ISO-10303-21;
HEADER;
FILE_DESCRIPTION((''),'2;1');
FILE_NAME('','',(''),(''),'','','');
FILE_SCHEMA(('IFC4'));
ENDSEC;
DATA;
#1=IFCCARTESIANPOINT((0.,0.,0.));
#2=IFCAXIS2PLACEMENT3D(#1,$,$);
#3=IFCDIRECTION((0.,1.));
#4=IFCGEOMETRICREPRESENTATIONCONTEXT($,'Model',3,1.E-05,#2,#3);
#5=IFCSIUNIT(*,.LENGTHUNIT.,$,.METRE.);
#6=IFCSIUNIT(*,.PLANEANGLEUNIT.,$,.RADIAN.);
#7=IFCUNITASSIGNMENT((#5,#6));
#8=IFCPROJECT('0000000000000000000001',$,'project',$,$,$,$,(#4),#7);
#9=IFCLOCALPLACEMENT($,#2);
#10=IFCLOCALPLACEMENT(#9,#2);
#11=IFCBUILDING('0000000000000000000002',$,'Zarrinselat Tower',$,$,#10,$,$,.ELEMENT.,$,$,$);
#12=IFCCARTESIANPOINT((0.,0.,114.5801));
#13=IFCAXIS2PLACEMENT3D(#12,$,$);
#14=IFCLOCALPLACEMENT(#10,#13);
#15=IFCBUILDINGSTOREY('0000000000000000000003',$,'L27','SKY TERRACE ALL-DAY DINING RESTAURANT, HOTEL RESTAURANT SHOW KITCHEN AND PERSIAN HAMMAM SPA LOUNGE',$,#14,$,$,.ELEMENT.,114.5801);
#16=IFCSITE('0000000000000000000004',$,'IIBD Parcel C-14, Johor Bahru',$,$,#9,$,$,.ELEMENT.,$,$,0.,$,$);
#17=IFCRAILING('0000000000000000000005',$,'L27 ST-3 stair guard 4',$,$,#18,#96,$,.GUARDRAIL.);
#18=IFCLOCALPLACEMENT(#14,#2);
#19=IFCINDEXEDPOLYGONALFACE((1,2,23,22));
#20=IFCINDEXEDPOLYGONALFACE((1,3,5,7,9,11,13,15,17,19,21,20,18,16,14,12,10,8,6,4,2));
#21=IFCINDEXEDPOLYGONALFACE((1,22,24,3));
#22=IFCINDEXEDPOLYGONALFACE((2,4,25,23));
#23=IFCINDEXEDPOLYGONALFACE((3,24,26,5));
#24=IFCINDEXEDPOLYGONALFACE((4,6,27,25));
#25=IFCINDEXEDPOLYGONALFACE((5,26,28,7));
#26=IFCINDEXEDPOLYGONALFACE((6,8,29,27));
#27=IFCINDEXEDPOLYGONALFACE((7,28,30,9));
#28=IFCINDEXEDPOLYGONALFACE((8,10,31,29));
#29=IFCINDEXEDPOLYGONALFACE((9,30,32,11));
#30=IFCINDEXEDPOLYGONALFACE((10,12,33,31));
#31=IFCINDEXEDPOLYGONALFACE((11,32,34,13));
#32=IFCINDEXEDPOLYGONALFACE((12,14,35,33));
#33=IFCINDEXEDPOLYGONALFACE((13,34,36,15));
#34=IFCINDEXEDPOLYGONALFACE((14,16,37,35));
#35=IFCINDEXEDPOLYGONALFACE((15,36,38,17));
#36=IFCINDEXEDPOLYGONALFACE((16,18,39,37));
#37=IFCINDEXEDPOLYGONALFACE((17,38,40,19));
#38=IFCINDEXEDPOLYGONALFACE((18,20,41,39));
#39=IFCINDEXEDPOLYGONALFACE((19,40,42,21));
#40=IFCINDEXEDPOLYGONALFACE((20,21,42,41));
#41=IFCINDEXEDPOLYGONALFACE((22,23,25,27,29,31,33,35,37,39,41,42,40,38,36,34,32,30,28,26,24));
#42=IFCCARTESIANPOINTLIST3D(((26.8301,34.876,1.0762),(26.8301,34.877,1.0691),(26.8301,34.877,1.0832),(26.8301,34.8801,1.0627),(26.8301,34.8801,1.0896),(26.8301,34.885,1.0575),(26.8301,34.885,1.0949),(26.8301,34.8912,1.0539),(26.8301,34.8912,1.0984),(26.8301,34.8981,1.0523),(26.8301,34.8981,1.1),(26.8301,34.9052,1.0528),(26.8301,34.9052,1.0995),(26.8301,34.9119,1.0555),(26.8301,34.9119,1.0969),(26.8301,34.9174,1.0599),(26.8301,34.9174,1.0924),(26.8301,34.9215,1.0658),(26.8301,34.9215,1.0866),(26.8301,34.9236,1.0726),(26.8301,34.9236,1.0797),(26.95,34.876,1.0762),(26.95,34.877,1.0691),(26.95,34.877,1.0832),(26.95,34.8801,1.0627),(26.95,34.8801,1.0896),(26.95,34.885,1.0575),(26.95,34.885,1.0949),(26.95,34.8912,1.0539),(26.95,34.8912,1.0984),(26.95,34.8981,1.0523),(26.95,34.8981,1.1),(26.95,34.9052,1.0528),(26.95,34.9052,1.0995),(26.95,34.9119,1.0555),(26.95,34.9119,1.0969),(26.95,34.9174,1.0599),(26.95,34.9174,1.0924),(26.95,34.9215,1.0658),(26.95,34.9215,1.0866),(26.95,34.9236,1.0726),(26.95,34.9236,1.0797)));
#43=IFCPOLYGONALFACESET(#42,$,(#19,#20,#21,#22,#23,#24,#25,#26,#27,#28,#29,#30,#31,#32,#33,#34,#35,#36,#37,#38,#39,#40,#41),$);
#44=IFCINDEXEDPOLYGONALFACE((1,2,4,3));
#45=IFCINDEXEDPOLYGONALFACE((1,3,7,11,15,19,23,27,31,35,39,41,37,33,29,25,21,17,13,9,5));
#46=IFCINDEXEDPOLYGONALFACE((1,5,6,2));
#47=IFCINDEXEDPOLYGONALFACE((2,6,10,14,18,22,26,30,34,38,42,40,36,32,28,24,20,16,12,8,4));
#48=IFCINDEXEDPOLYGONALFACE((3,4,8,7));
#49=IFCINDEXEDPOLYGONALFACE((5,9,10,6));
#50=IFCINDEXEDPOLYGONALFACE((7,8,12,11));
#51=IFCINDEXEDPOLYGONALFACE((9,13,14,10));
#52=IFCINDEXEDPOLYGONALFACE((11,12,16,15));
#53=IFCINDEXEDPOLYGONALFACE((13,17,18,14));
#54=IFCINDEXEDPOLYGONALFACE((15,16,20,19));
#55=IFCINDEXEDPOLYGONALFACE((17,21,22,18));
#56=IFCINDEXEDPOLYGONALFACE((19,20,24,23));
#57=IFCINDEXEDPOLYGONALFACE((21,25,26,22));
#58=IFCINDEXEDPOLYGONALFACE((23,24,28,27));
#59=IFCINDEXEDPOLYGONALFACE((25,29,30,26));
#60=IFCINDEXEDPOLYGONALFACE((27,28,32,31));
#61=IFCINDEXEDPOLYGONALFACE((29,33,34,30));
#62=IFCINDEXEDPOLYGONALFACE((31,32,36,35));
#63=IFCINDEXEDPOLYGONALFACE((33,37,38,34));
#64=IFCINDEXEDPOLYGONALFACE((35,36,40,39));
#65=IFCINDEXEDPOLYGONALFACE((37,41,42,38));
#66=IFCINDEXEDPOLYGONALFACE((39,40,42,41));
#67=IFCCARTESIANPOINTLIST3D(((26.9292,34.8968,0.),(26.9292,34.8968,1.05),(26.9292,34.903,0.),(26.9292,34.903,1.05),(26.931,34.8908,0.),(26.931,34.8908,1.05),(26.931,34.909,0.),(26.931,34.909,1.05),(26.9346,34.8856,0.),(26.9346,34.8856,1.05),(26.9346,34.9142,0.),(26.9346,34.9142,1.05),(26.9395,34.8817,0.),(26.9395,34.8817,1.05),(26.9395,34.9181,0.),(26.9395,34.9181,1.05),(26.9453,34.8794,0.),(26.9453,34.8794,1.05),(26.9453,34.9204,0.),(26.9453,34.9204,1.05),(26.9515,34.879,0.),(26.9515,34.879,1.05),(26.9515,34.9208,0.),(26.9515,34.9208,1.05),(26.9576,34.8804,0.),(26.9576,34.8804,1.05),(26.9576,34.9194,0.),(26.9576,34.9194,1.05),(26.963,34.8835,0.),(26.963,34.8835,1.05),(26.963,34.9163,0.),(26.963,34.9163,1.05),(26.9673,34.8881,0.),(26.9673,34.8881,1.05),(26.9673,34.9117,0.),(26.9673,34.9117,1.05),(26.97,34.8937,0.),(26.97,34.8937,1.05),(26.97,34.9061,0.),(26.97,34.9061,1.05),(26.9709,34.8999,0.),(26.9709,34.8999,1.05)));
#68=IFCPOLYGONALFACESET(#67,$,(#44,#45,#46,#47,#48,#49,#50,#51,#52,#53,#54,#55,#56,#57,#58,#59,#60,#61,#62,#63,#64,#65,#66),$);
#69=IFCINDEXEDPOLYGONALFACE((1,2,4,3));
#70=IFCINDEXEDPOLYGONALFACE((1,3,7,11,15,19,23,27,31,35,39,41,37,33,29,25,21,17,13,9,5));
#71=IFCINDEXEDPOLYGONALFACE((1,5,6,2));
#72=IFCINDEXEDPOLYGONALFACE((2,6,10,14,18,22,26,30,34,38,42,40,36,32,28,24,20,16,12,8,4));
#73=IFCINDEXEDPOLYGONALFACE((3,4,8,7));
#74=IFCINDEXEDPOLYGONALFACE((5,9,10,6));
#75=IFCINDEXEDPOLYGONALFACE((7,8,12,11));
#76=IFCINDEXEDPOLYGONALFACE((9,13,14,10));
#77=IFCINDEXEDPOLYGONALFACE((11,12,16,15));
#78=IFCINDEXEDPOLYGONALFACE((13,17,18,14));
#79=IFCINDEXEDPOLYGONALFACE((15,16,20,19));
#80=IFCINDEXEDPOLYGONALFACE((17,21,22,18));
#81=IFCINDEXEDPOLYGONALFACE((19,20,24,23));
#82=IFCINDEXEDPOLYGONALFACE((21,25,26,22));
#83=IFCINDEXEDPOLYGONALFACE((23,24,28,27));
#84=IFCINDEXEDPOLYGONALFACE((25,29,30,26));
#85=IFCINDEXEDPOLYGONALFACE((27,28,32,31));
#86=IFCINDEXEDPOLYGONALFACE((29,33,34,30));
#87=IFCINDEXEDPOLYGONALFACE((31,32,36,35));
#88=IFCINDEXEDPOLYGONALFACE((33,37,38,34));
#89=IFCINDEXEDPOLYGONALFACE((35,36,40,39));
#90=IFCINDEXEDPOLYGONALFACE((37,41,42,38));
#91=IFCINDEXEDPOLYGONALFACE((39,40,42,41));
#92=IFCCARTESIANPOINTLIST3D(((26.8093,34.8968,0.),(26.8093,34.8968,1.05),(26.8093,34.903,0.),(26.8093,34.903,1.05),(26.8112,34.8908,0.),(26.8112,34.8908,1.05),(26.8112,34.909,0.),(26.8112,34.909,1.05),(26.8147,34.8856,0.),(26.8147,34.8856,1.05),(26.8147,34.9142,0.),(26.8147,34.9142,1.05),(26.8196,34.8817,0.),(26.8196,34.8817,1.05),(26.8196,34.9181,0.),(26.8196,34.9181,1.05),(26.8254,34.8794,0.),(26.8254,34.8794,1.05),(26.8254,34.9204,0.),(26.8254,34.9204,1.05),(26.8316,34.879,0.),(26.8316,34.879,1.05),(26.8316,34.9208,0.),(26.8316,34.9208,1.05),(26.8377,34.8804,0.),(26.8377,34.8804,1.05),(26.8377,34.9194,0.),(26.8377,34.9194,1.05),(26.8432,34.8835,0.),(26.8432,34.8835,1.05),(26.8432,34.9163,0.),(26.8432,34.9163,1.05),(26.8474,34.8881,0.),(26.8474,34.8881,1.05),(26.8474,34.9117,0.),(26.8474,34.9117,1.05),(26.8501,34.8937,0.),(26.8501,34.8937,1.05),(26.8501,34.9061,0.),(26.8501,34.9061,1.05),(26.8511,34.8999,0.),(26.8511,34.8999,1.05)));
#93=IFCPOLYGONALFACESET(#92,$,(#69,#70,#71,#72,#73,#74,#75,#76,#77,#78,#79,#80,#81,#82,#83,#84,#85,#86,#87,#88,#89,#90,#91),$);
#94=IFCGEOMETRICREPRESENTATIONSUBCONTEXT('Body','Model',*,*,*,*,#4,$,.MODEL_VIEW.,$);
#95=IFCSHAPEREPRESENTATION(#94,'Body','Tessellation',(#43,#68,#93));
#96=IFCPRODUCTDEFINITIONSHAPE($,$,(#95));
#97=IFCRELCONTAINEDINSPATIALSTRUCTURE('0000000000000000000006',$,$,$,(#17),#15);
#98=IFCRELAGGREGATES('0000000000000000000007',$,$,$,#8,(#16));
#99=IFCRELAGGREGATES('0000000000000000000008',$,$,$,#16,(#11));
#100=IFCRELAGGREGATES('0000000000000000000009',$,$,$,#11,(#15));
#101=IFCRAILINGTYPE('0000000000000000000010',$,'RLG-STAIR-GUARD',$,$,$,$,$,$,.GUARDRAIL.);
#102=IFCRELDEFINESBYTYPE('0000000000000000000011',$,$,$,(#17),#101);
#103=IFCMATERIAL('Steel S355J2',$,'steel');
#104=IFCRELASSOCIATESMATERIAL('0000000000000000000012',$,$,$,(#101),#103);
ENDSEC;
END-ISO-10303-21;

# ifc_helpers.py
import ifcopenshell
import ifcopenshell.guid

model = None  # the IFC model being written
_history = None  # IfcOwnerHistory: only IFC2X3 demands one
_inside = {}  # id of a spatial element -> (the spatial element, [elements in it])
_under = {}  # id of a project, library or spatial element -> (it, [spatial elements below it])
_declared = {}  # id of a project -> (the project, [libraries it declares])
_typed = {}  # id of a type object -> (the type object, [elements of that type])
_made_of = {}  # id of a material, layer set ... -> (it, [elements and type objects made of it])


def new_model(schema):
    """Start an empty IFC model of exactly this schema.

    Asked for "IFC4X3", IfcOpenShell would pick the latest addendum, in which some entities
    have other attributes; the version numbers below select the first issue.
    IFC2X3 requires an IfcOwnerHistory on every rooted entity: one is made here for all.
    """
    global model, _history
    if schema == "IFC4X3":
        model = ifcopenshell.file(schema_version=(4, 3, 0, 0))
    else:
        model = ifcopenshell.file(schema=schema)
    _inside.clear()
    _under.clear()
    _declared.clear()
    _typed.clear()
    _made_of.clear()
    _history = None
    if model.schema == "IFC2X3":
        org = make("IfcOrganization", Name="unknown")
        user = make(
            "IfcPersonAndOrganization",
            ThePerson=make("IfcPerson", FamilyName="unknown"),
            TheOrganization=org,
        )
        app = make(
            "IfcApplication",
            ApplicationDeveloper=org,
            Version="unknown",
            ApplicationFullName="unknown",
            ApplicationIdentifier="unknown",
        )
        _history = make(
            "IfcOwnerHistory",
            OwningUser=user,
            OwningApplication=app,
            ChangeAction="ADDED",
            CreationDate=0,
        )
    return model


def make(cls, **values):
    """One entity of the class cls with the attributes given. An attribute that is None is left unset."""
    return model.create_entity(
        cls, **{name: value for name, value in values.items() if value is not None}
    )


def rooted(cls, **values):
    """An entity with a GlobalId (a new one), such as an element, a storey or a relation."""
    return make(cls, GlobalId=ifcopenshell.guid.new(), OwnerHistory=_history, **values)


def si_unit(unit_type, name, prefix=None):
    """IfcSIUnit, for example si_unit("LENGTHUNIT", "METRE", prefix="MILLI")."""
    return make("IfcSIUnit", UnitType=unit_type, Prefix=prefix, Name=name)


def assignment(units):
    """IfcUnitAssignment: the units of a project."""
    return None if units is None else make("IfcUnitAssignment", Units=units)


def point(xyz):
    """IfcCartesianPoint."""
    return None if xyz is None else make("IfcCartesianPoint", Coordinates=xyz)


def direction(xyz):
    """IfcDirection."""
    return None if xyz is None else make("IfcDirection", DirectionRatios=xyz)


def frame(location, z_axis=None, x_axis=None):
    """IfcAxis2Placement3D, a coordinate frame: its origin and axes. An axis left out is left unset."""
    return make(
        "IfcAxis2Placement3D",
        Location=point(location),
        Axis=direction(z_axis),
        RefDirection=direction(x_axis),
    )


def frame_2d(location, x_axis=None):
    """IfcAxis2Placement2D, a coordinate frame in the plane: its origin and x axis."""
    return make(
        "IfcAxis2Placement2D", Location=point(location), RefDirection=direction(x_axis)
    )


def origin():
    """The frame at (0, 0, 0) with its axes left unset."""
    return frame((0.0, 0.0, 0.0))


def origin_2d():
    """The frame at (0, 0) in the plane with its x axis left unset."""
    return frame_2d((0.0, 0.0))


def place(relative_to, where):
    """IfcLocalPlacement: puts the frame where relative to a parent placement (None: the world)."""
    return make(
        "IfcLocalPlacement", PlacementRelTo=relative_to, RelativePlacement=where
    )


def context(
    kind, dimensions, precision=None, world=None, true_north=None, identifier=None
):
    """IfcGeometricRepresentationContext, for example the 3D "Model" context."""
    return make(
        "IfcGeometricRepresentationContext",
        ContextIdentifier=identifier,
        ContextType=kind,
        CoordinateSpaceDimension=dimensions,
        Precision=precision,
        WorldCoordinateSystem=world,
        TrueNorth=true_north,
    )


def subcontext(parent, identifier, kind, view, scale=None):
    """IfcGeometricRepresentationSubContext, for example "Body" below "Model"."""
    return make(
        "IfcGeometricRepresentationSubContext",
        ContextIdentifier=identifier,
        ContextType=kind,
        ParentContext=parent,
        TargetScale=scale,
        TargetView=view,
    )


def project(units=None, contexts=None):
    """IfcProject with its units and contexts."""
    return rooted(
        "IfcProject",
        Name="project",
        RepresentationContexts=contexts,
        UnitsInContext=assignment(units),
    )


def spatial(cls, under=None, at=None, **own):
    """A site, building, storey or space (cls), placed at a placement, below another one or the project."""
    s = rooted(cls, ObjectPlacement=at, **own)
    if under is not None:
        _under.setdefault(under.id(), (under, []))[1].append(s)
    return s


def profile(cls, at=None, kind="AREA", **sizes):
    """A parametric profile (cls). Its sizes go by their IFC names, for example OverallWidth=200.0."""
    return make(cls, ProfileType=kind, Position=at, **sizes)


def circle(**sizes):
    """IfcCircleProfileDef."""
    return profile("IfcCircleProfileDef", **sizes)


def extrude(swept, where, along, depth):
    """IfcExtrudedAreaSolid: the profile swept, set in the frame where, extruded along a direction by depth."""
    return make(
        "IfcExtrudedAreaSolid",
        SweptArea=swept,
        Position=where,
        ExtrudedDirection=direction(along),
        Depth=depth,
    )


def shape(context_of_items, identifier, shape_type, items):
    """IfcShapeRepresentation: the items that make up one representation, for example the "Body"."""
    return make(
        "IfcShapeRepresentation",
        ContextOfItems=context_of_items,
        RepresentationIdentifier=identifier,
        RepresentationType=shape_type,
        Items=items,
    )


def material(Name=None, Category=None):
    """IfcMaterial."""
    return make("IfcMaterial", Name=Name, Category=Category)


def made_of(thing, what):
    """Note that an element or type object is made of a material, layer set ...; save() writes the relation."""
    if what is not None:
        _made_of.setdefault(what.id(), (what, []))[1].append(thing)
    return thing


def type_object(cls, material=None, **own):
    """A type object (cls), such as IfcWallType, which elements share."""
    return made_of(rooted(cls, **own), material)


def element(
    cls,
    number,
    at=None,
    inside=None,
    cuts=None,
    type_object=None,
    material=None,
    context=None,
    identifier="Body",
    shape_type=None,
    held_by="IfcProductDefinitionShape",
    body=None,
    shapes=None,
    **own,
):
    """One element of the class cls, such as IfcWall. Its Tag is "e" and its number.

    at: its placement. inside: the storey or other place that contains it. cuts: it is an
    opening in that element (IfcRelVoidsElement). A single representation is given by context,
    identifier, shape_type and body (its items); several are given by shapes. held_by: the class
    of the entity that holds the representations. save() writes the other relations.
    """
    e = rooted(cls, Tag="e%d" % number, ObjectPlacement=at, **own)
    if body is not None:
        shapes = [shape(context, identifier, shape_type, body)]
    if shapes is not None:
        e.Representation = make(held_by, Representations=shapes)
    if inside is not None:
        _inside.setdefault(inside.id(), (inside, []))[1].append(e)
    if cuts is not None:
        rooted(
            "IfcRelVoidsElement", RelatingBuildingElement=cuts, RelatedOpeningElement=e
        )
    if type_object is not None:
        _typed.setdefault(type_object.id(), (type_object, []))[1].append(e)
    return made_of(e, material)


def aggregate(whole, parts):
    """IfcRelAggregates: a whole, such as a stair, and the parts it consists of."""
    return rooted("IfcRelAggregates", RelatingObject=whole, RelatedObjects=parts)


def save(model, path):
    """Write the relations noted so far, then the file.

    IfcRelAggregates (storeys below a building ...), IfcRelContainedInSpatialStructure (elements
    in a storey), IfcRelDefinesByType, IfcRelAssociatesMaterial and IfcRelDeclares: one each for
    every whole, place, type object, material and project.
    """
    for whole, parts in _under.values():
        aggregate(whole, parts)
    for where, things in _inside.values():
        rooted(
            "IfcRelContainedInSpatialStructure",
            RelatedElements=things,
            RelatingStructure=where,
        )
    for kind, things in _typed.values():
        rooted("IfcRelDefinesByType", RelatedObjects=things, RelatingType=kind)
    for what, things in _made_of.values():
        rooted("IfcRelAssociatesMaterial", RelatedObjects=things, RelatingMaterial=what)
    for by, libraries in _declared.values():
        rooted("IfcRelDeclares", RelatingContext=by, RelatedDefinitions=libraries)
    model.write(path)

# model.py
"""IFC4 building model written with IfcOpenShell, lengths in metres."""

from ifc_helpers import new_model, si_unit, direction, frame, origin, origin_2d, place, context, subcontext, project, spatial, circle, extrude, material, type_object, element, save


model = new_model("IFC4")

# Units and contexts
model_context = context("Model", 3, precision=1e-05, world=origin(), true_north=direction((0.0, 1.0)))
body_context = subcontext(model_context, "Body", "Model", "MODEL_VIEW")
ifc_project = project(units=[si_unit("LENGTHUNIT", "METRE"), si_unit("PLANEANGLEUNIT", "RADIAN")], contexts=[model_context])

# Site, building, storey
site_placement = place(None, origin())
site = spatial("IfcSite", under=ifc_project, at=site_placement, Name="IIBD Parcel C-14, Johor Bahru", CompositionType="ELEMENT", RefElevation=0.0)
building_placement = place(site_placement, origin())
building = spatial("IfcBuilding", under=site, at=building_placement, Name="Zarrinselat Tower", CompositionType="ELEMENT")
storey_placement = place(building_placement, frame((0.0, 0.0, 114.5801)))
storey = spatial("IfcBuildingStorey", under=building, at=storey_placement, Name="L27", Description="SKY TERRACE ALL-DAY DINING RESTAURANT, HOTEL RESTAURANT SHOW KITCHEN AND PERSIAN HAMMAM SPA LOUNGE", CompositionType="ELEMENT", Elevation=114.5801)

# Railing
ifc_material_1 = material(Name="Steel S355J2", Category="steel")
railing_type_1 = type_object("IfcRailingType", Name="RLG-STAIR-GUARD", PredefinedType="GUARDRAIL", material=ifc_material_1)
railing_1_placement = place(storey_placement, frame((26.95, 34.8999, 0.0)))
element("IfcRailing", 1, at=railing_1_placement, inside=storey, type_object=railing_type_1, Name="L27 ST-3 stair guard 4", PredefinedType="GUARDRAIL", context=body_context, shape_type="SweptSolid", body=[
    extrude(circle(Radius=0.0239, at=origin_2d()), frame((0.0, 0.0, 1.0762), z_axis=(-1.0, 0.0, 0.0), x_axis=(0.0, -1.0, 0.0)), (0.0, 0.0, 1.0), 0.1199),
    extrude(circle(Radius=0.021, at=origin_2d()), origin(), (0.0, 0.0, 1.0), 1.05),
    extrude(circle(Radius=0.021, at=origin_2d()), frame((-0.1199, 0.0, 0.0)), (0.0, 0.0, 1.0), 1.05),
])

save(model, "model.ifc")
